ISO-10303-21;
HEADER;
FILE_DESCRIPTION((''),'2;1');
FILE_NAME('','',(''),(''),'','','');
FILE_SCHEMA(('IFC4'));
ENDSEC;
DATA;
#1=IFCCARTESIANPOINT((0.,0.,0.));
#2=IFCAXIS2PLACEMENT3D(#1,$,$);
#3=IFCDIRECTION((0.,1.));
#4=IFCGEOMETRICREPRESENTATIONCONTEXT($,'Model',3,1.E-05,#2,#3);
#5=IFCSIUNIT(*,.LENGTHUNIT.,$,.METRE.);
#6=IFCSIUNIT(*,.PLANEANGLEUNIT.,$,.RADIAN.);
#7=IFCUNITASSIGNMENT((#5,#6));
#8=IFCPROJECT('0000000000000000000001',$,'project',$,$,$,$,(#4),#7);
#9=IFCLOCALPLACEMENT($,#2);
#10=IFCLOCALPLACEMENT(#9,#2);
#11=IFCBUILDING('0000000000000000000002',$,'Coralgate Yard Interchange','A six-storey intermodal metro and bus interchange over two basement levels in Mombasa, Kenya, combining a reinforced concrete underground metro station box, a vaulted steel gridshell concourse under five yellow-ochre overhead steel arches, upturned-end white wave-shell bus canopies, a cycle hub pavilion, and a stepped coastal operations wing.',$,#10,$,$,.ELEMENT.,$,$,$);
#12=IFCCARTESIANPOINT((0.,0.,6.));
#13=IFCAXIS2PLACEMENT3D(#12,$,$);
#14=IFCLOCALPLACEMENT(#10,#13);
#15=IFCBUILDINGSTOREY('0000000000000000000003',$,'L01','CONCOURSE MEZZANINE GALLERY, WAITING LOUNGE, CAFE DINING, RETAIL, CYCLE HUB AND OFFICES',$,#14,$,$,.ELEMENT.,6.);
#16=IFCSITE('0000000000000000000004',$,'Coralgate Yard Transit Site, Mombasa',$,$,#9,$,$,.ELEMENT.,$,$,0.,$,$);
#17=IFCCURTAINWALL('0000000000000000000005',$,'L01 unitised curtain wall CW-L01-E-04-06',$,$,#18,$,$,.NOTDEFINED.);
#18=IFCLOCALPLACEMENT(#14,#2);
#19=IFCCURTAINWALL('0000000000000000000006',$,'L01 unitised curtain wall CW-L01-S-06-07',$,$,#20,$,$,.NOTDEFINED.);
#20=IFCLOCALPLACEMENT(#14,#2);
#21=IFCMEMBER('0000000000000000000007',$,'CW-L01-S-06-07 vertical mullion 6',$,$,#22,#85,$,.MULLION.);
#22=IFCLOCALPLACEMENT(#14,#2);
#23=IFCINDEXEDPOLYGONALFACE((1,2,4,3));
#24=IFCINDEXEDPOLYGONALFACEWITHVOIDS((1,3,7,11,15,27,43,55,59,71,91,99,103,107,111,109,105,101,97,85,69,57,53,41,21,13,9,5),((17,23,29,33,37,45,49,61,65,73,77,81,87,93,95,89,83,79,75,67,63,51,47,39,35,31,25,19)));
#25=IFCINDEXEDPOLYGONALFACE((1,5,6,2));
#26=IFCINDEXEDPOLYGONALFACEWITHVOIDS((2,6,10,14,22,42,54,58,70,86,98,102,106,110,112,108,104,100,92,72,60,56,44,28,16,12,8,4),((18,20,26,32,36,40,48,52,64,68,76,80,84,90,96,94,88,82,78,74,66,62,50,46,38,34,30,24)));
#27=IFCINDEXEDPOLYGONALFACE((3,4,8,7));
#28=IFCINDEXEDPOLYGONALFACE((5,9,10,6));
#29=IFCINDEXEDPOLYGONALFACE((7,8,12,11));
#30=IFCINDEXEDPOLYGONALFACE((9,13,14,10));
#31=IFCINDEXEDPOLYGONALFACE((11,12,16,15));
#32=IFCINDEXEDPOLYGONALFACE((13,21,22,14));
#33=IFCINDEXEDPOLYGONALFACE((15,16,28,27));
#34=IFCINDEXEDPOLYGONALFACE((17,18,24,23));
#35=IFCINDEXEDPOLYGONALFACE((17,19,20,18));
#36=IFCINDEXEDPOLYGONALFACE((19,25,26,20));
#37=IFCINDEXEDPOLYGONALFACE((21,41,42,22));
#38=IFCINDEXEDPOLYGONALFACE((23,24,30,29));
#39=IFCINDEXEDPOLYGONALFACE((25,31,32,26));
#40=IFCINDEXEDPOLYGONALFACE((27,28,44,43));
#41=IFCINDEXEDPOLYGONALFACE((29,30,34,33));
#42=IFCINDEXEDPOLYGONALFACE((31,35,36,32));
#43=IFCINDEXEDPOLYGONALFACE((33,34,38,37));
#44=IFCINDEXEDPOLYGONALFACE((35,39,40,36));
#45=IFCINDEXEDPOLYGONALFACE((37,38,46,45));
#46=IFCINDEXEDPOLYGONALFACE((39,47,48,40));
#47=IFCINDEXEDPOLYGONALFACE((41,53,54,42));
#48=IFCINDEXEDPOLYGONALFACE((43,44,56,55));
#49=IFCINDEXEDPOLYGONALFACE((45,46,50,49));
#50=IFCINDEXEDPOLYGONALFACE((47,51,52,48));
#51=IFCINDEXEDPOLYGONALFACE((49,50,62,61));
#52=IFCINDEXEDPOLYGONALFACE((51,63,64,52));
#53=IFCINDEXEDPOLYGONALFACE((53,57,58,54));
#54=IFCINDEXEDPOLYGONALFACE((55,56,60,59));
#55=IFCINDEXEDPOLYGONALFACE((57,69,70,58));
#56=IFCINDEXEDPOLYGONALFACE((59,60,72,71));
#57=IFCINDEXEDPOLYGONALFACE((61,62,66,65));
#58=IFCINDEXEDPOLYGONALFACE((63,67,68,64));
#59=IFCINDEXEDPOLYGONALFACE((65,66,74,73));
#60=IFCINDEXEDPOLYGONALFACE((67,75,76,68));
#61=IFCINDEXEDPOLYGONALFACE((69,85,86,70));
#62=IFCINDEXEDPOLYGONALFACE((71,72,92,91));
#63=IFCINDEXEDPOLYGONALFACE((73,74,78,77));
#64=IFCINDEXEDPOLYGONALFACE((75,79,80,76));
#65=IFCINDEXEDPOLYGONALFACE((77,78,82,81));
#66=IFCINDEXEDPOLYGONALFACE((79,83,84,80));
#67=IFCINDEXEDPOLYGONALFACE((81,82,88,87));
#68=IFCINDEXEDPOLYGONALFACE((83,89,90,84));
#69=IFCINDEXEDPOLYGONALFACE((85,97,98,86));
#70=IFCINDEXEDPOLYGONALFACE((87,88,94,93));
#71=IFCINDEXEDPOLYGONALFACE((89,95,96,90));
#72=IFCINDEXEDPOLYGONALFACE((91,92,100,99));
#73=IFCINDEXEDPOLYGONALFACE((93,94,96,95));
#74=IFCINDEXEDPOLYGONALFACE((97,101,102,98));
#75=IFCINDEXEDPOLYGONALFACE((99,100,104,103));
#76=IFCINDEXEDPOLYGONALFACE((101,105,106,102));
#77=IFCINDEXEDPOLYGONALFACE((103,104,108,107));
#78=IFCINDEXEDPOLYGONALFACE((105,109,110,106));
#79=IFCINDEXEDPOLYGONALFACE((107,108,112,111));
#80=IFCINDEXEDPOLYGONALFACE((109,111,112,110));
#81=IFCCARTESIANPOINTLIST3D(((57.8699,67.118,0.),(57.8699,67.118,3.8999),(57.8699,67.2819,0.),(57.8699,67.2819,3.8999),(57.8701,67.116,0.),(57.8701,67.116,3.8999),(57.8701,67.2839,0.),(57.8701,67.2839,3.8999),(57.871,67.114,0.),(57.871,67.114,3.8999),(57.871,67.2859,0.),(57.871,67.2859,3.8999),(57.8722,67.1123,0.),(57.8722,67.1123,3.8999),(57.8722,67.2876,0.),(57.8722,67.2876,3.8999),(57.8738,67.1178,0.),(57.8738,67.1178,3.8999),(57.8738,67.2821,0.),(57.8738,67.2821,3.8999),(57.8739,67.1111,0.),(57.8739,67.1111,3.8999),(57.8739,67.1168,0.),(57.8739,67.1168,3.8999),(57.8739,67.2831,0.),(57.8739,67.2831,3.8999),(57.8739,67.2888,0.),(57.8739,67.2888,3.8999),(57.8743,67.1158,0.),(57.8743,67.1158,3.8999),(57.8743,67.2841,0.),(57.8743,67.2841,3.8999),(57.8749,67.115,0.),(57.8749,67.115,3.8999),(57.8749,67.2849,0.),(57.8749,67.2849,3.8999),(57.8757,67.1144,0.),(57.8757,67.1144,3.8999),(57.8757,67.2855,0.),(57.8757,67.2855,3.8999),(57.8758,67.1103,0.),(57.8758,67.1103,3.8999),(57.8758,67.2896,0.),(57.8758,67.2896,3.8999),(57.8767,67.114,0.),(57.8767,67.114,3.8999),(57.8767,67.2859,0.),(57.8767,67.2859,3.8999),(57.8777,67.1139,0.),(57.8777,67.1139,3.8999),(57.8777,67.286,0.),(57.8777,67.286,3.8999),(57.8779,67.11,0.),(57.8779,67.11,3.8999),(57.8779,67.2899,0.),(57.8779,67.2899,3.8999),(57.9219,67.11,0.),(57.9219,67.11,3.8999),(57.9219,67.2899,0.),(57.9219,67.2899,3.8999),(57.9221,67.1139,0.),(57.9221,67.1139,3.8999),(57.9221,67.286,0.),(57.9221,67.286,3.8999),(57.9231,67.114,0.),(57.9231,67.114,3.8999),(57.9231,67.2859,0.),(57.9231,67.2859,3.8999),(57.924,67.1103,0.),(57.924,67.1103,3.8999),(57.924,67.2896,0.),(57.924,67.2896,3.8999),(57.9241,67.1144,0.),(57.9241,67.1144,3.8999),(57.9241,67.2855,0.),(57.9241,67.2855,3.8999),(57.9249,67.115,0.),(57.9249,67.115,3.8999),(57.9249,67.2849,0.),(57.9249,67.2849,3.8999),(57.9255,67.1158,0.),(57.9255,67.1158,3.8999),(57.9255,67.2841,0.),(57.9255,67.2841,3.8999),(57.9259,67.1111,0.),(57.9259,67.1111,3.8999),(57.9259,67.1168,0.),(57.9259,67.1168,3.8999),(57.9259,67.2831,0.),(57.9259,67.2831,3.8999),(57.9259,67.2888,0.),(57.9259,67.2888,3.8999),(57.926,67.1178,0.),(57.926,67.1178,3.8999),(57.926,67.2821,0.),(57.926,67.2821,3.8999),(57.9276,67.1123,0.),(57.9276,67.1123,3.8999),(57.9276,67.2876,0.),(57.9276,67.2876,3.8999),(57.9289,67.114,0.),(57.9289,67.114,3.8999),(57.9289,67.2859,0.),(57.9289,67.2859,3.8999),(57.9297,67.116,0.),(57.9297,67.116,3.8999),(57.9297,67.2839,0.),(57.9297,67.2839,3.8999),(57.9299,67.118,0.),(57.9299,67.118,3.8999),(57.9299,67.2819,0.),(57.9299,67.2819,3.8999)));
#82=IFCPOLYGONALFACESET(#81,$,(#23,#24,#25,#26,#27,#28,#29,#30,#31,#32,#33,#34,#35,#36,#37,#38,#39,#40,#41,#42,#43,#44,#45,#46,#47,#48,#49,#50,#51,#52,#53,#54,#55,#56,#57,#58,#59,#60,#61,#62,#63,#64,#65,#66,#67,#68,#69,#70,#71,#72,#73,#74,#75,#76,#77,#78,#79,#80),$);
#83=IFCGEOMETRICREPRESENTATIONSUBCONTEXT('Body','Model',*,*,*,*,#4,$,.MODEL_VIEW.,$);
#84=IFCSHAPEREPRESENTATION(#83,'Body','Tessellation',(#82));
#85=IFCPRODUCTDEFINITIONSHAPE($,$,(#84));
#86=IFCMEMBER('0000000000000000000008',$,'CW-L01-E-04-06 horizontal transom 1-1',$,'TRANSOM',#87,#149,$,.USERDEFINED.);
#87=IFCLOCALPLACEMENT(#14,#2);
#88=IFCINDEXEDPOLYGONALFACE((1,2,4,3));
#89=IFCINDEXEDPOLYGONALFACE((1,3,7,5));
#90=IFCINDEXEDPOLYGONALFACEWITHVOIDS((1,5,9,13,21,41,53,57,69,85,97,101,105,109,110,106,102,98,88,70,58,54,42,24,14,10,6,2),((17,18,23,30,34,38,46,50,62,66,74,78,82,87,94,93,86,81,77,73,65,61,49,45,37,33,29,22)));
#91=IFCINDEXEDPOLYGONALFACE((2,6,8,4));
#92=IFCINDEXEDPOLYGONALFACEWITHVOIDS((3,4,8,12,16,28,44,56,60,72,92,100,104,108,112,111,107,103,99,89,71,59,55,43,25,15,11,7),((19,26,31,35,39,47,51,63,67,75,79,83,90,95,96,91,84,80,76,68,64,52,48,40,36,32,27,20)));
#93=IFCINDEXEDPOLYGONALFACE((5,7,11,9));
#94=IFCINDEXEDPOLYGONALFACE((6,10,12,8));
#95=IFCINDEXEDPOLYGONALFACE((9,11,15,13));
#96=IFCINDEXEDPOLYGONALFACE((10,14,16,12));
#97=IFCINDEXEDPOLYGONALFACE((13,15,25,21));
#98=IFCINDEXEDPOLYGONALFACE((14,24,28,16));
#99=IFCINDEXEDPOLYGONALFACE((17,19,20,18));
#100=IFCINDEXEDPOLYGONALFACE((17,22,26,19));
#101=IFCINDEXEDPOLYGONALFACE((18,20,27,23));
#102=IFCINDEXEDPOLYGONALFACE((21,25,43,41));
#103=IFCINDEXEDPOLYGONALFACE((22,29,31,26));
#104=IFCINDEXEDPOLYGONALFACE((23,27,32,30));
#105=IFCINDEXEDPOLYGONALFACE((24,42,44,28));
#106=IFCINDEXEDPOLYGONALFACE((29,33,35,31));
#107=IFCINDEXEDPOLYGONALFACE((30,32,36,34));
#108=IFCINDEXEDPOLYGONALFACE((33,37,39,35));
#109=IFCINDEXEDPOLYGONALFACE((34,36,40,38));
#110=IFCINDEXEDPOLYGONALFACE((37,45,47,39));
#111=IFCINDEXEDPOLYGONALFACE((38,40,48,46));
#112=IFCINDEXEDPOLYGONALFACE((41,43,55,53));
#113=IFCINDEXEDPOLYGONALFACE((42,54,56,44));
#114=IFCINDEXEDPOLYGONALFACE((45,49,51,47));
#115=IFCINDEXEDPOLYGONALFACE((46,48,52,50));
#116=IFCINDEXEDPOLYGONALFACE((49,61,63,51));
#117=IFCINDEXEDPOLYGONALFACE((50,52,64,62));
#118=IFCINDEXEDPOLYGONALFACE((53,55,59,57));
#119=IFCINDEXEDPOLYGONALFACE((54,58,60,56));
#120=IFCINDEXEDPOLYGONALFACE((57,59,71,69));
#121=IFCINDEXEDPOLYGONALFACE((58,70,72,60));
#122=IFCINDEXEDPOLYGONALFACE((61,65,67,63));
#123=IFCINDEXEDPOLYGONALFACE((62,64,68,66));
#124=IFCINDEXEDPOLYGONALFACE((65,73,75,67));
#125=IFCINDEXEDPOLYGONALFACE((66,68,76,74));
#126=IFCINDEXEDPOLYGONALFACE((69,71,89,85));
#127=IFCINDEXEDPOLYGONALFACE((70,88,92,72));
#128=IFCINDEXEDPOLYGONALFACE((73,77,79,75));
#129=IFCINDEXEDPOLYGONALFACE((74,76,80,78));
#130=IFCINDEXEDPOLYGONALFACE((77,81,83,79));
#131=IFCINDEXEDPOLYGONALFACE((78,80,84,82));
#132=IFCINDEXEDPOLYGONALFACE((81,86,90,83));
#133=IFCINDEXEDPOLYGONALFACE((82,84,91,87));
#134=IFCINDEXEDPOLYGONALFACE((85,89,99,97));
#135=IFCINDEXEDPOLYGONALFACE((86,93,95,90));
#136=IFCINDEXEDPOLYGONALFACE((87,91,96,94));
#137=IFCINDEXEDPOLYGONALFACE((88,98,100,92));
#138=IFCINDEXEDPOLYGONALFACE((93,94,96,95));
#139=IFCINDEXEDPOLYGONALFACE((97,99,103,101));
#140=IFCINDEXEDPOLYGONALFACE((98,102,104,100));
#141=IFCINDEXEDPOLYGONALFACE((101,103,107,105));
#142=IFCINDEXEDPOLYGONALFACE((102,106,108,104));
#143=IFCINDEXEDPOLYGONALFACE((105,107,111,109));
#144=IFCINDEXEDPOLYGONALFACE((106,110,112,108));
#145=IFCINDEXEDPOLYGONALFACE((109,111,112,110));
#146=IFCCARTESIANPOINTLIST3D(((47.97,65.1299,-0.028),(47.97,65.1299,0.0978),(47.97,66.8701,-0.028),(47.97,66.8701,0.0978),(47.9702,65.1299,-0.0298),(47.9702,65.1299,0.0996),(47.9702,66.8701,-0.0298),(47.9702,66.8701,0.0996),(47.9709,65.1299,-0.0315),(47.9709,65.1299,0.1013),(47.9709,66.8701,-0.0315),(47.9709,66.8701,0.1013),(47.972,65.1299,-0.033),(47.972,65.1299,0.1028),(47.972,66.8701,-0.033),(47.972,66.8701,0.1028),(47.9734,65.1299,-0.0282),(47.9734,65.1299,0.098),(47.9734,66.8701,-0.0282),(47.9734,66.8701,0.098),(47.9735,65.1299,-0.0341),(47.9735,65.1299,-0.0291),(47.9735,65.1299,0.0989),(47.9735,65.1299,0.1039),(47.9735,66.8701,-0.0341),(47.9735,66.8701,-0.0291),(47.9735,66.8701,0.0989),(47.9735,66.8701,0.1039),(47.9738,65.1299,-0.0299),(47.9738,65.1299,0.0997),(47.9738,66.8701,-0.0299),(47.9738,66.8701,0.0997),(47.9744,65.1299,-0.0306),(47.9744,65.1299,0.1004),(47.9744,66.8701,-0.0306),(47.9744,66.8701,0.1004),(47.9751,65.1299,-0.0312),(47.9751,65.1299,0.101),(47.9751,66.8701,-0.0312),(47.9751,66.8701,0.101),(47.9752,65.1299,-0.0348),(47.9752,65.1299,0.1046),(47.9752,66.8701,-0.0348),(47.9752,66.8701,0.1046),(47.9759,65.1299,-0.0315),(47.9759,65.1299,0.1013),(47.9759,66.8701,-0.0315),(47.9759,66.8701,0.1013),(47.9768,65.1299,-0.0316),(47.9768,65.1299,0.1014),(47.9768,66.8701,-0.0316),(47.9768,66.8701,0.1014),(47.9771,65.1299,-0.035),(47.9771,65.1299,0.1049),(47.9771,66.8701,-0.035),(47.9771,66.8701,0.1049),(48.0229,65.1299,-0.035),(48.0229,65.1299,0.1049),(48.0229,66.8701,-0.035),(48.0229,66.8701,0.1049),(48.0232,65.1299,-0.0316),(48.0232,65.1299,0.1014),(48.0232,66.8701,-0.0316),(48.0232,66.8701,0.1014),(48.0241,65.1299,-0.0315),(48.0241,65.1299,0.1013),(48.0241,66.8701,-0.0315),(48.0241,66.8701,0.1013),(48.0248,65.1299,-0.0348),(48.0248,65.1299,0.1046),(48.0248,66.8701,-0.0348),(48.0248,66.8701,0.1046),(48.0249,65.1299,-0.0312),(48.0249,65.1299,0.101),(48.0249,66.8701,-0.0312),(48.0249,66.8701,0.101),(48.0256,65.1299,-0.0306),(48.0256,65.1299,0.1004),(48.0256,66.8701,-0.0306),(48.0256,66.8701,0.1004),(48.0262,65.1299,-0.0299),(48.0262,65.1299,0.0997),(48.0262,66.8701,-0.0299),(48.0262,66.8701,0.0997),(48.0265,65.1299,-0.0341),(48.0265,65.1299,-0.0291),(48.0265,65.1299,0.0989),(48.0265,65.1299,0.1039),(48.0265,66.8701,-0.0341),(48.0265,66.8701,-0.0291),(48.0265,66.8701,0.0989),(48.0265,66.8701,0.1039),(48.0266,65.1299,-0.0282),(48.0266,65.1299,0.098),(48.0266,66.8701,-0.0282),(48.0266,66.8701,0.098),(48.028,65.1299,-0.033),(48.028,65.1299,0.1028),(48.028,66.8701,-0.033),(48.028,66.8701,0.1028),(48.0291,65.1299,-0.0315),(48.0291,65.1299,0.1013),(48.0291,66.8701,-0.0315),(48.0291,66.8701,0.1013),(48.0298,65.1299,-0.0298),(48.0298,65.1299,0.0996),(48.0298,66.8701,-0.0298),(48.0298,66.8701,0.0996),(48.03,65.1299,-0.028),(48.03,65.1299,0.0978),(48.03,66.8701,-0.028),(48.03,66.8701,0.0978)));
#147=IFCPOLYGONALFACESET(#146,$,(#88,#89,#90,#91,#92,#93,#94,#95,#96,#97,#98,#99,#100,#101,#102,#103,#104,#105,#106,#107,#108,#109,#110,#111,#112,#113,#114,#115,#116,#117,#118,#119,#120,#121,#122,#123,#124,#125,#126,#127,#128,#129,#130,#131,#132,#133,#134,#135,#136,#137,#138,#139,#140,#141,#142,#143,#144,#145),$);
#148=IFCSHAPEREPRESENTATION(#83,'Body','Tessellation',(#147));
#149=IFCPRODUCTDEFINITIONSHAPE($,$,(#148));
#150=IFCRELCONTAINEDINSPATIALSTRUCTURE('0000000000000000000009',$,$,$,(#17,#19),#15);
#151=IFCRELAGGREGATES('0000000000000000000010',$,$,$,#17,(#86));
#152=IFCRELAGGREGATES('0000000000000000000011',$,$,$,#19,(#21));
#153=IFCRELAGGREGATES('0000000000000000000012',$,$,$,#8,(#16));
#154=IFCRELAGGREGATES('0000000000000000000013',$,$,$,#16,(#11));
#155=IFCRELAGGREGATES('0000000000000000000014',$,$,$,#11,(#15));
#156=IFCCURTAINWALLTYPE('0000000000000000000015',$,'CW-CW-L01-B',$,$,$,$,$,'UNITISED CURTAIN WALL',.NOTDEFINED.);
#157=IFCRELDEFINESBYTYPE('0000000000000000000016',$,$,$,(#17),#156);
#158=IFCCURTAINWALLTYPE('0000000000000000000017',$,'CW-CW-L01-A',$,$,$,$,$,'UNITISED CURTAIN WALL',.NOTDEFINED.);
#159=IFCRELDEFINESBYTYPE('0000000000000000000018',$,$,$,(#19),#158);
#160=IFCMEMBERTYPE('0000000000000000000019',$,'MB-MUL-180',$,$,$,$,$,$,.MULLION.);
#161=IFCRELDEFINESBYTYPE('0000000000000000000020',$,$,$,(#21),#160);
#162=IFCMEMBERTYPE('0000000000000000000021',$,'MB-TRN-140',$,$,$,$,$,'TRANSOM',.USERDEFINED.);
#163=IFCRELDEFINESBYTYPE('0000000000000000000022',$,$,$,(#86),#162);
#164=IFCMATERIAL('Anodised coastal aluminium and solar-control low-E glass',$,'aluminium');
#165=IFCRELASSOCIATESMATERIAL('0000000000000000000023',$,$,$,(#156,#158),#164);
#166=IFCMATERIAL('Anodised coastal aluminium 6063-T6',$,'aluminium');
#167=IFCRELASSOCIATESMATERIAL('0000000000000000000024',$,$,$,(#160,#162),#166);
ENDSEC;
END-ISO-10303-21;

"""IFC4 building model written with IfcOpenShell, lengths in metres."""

from ifc_helpers import new_model, si_unit, direction, frame, origin, origin_2d, place, context, subcontext, project, spatial, hollow_rectangle, extrude, material, material_profile, profile_set, type_object, element, aggregate, save


model = new_model("IFC4")

# Units and contexts
model_context = context("Model", 3, precision=1e-05, world=origin(), true_north=direction((0.0, 1.0)))
body_context = subcontext(model_context, "Body", "Model", "MODEL_VIEW")
ifc_project = project(units=[si_unit("LENGTHUNIT", "METRE"), si_unit("PLANEANGLEUNIT", "RADIAN")], contexts=[model_context])

# Site, building, storey
site_placement = place(None, origin())
site = spatial("IfcSite", under=ifc_project, at=site_placement, Name="Coralgate Yard Transit Site, Mombasa", CompositionType="ELEMENT", RefElevation=0.0)
building_placement = place(site_placement, origin())
building = spatial("IfcBuilding", under=site, at=building_placement, Name="Coralgate Yard Interchange", Description="A six-storey intermodal metro and bus interchange over two basement levels in Mombasa, Kenya, combining a reinforced concrete underground metro station box, a vaulted steel gridshell concourse under five yellow-ochre overhead steel arches, upturned-end white wave-shell bus canopies, a cycle hub pavilion, and a stepped coastal operations wing.", CompositionType="ELEMENT")
storey_placement = place(building_placement, frame((0.0, 0.0, 6.0)))
storey = spatial("IfcBuildingStorey", under=building, at=storey_placement, Name="L01", Description="CONCOURSE MEZZANINE GALLERY, WAITING LOUNGE, CAFE DINING, RETAIL, CYCLE HUB AND OFFICES", CompositionType="ELEMENT", Elevation=6.0)

# Curtain wall
ifc_material_1 = material(Name="Anodised coastal aluminium and solar-control low-E glass", Category="aluminium")
curtain_wall_type_1 = type_object("IfcCurtainWallType", Name="CW-CW-L01-B", ElementType="UNITISED CURTAIN WALL", PredefinedType="NOTDEFINED", material=ifc_material_1)
curtain_wall_1_placement = place(storey_placement, origin())
curtain_wall_1 = element("IfcCurtainWall", 1, at=curtain_wall_1_placement, inside=storey, type_object=curtain_wall_type_1, Name="L01 unitised curtain wall CW-L01-E-04-06", PredefinedType="NOTDEFINED")
ifc_material_2 = material(Name="Anodised coastal aluminium 6063-T6", Category="aluminium")
ifc_material_profile_1 = material_profile(ifc_material_2, hollow_rectangle(XDim=0.0601, YDim=0.1799, WallThickness=0.0039, InnerFilletRadius=0.0039, OuterFilletRadius=0.0081, at=origin_2d()), Name="ALU 60x180x4")
ifc_profile_set_1 = profile_set([ifc_material_profile_1], Name="Anodised coastal aluminium 6063-T6")
member_type_1 = type_object("IfcMemberType", Name="MB-MUL-180", PredefinedType="MULLION", material=ifc_profile_set_1)

# Curtain wall, member
curtain_wall_type_2 = type_object("IfcCurtainWallType", Name="CW-CW-L01-A", ElementType="UNITISED CURTAIN WALL", PredefinedType="NOTDEFINED", material=ifc_material_1)
curtain_wall_2_placement = place(storey_placement, origin())
curtain_wall_2 = element("IfcCurtainWall", 2, at=curtain_wall_2_placement, inside=storey, type_object=curtain_wall_type_2, Name="L01 unitised curtain wall CW-L01-S-06-07", PredefinedType="NOTDEFINED")
member_1_placement = place(storey_placement, frame((57.8999, 67.2, 0.0), z_axis=(0.0, 0.0, 1.0), x_axis=(1.0, 0.0, 0.0)))
member_1 = element("IfcMember", 3, at=member_1_placement, type_object=member_type_1, Name="CW-L01-S-06-07 vertical mullion 6", PredefinedType="MULLION", context=body_context, shape_type="SweptSolid", body=[
    extrude(hollow_rectangle(XDim=0.0601, YDim=0.1799, WallThickness=0.0039, InnerFilletRadius=0.0039, OuterFilletRadius=0.0081, at=origin_2d()), origin(), (0.0, 0.0, 1.0), 3.8999),
])

# Member
ifc_material_profile_2 = material_profile(ifc_material_2, hollow_rectangle(XDim=0.0601, YDim=0.1399, WallThickness=0.0034, InnerFilletRadius=0.0034, OuterFilletRadius=0.0071, at=origin_2d()), Name="ALU 60x140x3.5")
ifc_profile_set_2 = profile_set([ifc_material_profile_2], Name="Anodised coastal aluminium 6063-T6")
member_type_2 = type_object("IfcMemberType", Name="MB-TRN-140", ElementType="TRANSOM", PredefinedType="USERDEFINED", material=ifc_profile_set_2)
member_2_placement = place(storey_placement, frame((48.0, 66.8701, 0.0349), z_axis=(0.0, -1.0, 0.0), x_axis=(1.0, 0.0, 0.0)))
member_2 = element("IfcMember", 4, at=member_2_placement, type_object=member_type_2, Name="CW-L01-E-04-06 horizontal transom 1-1", ObjectType="TRANSOM", PredefinedType="USERDEFINED", context=body_context, shape_type="SweptSolid", body=[
    extrude(hollow_rectangle(XDim=0.0601, YDim=0.1399, WallThickness=0.0034, InnerFilletRadius=0.0034, OuterFilletRadius=0.0071, at=origin_2d()), origin(), (0.0, 0.0, 1.0), 1.7402),
])

aggregate(curtain_wall_1, [member_2])
aggregate(curtain_wall_2, [member_1])

save(model, "model.ifc")
